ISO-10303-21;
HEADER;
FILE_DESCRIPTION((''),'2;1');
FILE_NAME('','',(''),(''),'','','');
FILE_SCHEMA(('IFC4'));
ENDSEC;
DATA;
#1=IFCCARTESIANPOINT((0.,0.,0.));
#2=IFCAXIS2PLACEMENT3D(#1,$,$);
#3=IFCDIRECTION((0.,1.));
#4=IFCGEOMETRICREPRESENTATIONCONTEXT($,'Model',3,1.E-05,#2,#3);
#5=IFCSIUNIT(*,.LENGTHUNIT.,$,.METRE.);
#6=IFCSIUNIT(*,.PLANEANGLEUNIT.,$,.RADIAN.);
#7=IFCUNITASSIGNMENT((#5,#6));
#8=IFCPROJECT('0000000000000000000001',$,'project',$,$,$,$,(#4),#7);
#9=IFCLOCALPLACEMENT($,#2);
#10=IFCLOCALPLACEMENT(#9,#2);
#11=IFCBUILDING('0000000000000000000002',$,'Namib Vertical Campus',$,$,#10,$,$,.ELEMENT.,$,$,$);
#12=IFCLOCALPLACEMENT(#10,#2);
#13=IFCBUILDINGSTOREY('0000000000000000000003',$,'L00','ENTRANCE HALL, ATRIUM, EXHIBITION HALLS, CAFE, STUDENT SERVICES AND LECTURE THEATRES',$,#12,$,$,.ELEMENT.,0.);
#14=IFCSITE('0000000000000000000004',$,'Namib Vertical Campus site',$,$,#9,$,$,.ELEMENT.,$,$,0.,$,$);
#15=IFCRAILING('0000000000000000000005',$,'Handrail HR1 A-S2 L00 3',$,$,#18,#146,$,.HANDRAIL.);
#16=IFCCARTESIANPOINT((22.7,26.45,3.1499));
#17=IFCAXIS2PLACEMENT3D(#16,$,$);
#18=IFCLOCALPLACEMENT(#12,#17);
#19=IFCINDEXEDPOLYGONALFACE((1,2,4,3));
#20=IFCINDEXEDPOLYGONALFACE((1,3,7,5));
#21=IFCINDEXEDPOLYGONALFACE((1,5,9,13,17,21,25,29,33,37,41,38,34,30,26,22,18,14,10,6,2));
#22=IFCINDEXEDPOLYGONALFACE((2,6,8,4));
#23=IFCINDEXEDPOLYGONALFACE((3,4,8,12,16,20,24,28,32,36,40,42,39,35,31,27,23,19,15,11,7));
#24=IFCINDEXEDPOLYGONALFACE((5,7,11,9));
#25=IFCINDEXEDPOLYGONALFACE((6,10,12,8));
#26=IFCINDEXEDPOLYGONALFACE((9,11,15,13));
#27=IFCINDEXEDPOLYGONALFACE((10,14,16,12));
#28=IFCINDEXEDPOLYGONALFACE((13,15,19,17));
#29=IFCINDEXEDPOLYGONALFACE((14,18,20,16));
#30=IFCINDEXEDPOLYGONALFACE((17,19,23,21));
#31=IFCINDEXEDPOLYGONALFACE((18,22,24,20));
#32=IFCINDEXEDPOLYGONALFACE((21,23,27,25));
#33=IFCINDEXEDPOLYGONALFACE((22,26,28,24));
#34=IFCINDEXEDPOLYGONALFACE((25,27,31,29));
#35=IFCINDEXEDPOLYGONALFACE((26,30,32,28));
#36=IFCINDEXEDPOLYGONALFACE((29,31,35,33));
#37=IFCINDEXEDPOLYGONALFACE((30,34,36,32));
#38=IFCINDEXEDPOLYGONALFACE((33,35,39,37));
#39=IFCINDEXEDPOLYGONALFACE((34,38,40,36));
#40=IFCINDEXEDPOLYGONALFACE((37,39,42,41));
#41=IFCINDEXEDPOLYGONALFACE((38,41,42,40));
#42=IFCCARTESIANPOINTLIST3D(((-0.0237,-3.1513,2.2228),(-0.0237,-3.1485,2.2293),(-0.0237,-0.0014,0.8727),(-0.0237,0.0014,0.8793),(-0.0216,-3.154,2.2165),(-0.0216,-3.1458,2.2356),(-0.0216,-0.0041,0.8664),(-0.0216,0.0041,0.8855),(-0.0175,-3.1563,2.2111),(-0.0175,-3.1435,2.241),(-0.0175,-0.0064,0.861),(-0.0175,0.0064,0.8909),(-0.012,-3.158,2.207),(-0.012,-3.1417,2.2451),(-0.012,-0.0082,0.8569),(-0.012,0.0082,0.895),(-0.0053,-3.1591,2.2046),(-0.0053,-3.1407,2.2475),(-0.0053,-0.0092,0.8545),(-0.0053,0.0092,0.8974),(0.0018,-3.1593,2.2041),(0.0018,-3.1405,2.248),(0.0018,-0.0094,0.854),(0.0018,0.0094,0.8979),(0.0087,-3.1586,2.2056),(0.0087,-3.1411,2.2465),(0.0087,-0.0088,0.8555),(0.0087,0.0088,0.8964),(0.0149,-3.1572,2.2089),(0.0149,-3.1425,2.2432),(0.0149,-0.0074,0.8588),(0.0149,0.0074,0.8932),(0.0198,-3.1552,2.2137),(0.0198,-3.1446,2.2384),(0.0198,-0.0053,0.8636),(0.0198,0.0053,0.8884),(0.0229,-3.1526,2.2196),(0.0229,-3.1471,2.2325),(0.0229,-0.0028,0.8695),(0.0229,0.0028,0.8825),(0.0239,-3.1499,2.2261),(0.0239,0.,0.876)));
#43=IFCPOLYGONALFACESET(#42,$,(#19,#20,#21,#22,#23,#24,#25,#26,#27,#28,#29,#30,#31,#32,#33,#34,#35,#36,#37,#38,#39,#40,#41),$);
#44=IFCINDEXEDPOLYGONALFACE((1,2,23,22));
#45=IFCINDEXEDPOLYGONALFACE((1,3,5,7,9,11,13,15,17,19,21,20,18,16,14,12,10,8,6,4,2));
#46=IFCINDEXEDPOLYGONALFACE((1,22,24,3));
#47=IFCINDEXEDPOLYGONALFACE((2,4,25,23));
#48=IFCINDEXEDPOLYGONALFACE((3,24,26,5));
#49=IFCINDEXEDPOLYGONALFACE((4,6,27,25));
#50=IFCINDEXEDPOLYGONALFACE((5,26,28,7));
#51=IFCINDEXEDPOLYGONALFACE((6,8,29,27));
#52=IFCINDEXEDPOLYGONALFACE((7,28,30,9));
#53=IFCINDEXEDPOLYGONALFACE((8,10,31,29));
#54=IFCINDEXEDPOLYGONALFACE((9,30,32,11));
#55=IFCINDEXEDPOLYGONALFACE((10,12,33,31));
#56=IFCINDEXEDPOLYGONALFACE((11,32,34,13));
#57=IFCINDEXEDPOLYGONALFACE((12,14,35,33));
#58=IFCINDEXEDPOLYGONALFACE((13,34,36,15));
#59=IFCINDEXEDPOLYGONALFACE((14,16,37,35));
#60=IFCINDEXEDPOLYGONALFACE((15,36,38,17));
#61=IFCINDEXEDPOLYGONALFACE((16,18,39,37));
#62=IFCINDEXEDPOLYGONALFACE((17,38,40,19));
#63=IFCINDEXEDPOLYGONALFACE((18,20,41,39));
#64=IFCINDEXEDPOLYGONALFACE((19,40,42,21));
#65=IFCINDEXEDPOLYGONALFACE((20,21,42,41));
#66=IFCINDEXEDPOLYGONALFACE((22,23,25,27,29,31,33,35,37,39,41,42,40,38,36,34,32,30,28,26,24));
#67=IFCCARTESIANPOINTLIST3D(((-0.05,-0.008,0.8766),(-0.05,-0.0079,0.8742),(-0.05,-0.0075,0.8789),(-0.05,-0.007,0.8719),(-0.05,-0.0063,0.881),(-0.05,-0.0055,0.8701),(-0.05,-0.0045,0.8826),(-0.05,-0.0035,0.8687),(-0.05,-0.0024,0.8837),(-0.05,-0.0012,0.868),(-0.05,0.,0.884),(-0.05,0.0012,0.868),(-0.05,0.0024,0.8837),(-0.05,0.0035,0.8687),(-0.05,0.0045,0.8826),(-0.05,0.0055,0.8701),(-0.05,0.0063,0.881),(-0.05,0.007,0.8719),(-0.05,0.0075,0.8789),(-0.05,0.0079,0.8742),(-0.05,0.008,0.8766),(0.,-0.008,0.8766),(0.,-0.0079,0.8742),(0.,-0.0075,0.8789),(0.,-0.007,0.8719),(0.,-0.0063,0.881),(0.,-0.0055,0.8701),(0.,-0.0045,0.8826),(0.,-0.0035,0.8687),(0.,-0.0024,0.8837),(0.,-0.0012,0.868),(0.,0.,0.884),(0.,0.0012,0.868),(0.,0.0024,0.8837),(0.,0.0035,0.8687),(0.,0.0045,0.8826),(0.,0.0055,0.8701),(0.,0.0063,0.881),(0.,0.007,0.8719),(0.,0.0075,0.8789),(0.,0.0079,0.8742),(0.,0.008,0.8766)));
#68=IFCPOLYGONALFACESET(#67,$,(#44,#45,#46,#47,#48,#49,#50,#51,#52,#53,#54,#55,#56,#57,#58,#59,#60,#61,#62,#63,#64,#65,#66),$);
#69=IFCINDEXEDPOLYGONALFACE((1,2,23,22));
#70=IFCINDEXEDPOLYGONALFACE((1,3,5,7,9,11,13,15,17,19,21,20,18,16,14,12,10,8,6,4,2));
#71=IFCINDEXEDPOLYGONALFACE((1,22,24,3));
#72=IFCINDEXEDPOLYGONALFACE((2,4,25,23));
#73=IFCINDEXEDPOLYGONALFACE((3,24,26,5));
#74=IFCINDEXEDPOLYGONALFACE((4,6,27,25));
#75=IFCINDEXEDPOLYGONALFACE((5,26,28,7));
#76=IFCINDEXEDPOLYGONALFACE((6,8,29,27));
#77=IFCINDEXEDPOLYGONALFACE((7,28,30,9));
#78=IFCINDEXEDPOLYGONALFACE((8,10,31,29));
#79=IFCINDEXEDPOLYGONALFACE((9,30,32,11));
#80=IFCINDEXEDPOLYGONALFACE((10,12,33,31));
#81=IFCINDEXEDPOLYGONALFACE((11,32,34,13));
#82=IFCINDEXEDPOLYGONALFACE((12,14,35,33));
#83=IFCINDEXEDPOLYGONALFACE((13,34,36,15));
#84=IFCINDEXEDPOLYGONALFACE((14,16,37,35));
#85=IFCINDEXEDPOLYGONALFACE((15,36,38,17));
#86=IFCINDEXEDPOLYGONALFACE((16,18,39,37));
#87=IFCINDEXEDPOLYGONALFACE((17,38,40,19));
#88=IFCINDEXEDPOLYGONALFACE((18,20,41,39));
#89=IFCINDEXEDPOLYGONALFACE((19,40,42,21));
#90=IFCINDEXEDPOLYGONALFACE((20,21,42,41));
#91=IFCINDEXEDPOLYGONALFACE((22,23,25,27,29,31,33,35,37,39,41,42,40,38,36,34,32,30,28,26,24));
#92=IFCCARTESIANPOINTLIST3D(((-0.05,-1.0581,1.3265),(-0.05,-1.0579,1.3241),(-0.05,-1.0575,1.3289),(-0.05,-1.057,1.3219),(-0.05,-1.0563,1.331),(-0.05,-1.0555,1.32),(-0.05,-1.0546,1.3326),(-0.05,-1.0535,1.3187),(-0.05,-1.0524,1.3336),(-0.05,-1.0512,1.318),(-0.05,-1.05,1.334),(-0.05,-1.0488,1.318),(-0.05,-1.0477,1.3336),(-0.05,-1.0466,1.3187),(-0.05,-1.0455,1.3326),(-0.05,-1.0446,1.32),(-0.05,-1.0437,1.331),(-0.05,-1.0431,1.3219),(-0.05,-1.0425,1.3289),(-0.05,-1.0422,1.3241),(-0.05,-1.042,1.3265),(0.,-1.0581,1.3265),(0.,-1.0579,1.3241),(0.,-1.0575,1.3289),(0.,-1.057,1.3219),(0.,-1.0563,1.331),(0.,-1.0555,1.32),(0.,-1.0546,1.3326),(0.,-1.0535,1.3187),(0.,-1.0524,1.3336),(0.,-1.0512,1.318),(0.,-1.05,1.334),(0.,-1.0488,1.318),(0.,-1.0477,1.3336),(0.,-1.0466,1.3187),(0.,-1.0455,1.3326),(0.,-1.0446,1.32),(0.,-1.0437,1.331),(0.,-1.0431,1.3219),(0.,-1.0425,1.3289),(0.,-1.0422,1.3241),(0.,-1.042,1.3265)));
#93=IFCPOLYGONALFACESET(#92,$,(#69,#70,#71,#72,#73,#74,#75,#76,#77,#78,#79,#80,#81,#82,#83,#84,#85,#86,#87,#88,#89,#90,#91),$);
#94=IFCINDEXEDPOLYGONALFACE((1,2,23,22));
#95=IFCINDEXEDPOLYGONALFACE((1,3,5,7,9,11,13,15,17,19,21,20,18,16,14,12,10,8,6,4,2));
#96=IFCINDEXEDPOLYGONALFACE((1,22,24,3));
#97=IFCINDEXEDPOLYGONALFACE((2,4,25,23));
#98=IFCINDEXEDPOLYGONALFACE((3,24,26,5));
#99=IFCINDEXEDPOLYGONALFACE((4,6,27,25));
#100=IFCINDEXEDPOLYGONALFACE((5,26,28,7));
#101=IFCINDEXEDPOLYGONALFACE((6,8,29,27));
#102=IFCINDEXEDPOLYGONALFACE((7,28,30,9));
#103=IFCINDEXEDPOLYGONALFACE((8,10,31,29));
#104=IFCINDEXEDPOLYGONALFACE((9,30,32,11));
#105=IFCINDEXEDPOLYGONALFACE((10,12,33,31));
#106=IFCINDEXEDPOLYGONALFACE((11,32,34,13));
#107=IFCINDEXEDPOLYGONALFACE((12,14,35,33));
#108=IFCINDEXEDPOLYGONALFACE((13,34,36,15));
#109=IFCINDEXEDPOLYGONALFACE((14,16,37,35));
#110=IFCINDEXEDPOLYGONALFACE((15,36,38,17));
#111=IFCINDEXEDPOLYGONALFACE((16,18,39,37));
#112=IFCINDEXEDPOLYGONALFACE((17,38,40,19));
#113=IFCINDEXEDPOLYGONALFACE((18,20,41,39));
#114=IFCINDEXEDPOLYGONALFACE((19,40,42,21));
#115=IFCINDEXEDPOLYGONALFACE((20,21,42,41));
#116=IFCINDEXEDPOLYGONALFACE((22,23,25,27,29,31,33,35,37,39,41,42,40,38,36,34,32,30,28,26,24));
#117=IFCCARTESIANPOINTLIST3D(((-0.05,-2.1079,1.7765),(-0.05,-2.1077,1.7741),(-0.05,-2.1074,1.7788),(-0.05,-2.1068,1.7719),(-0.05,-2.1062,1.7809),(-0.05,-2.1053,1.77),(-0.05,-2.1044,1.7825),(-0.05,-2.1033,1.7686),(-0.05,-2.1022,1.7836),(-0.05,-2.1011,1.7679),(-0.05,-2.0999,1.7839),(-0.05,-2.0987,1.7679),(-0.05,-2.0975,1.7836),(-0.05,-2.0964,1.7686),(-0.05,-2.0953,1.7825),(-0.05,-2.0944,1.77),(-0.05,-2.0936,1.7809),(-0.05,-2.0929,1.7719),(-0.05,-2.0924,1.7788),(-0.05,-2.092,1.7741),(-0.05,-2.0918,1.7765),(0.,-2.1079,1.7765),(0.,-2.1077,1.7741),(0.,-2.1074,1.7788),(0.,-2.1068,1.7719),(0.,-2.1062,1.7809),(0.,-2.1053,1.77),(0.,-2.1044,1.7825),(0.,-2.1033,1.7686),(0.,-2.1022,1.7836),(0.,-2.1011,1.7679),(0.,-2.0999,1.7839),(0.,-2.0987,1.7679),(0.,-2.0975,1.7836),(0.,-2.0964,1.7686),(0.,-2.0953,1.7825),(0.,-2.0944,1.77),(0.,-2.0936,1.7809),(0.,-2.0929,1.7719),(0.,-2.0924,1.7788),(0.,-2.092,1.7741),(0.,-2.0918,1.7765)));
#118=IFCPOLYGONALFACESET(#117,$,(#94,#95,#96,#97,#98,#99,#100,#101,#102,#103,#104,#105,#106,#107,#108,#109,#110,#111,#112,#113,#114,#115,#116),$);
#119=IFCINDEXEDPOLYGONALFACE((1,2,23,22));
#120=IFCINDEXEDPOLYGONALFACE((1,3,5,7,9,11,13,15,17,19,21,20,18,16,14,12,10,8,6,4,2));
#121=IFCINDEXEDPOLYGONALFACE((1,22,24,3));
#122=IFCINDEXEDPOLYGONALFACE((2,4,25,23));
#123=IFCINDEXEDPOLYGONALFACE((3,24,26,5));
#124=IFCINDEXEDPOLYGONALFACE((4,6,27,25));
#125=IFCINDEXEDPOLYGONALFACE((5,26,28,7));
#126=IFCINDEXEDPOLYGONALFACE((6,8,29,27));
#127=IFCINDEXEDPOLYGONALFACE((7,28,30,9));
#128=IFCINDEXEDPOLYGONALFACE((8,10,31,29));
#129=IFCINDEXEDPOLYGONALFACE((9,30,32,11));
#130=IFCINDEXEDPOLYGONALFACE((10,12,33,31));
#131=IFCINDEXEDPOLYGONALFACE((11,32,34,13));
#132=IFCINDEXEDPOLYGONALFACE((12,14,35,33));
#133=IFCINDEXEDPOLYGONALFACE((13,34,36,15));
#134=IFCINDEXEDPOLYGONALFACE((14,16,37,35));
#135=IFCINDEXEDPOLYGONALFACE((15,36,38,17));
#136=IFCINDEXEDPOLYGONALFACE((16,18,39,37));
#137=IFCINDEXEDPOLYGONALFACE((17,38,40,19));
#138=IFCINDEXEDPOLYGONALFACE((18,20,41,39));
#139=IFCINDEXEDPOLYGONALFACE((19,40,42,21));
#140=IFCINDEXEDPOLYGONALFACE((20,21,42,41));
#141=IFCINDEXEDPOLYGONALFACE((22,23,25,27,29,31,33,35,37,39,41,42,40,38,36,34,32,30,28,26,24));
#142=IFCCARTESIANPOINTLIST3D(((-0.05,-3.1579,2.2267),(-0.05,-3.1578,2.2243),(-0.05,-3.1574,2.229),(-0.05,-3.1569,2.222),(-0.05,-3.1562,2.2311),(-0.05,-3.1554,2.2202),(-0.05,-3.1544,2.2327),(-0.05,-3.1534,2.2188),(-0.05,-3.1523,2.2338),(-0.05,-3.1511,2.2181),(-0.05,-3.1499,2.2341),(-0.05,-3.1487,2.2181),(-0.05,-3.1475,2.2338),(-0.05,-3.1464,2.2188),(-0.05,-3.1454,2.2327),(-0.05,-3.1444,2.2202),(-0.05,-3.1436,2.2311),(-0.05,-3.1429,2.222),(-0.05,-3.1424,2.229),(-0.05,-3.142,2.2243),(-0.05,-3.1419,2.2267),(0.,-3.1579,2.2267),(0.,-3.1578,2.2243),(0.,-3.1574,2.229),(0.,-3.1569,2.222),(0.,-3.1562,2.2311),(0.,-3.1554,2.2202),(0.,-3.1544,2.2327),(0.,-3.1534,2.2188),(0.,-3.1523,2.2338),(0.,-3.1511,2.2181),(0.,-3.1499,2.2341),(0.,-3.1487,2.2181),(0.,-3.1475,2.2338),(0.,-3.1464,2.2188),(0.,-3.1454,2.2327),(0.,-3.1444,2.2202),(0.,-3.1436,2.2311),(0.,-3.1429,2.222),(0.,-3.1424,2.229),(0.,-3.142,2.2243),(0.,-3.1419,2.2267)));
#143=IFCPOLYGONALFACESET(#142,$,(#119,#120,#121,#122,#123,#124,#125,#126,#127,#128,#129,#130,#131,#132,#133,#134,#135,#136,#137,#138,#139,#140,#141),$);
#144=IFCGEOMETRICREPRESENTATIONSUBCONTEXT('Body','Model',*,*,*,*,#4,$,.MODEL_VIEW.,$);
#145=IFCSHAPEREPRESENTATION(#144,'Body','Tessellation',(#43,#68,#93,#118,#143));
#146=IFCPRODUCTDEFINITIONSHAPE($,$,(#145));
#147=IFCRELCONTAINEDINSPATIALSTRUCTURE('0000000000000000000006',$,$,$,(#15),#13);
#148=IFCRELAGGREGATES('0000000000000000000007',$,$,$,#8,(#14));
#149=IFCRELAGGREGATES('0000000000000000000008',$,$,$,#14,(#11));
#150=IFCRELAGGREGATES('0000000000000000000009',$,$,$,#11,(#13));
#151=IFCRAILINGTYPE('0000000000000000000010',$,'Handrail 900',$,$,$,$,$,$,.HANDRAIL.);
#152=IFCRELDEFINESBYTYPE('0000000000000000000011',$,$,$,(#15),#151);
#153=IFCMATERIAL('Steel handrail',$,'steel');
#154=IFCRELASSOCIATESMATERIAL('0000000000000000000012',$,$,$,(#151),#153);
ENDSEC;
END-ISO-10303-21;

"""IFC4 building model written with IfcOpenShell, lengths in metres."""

from ifc_helpers import new_model, si_unit, direction, frame, origin, origin_2d, place, context, subcontext, project, spatial, circle, extrude, material, type_object, element, save


model = new_model("IFC4")

# Units and contexts
model_context = context("Model", 3, precision=1e-05, world=origin(), true_north=direction((0.0, 1.0)))
body_context = subcontext(model_context, "Body", "Model", "MODEL_VIEW")
ifc_project = project(units=[si_unit("LENGTHUNIT", "METRE"), si_unit("PLANEANGLEUNIT", "RADIAN")], contexts=[model_context])

# Site, building, storey
site_placement = place(None, origin())
site = spatial("IfcSite", under=ifc_project, at=site_placement, Name="Namib Vertical Campus site", CompositionType="ELEMENT", RefElevation=0.0)
building_placement = place(site_placement, origin())
building = spatial("IfcBuilding", under=site, at=building_placement, Name="Namib Vertical Campus", CompositionType="ELEMENT")
storey_placement = place(building_placement, origin())
storey = spatial("IfcBuildingStorey", under=building, at=storey_placement, Name="L00", Description="ENTRANCE HALL, ATRIUM, EXHIBITION HALLS, CAFE, STUDENT SERVICES AND LECTURE THEATRES", CompositionType="ELEMENT", Elevation=0.0)

# Railing
ifc_material_1 = material(Name="Steel handrail", Category="steel")
railing_type_1 = type_object("IfcRailingType", Name="Handrail 900", PredefinedType="HANDRAIL", material=ifc_material_1)
railing_1_placement = place(storey_placement, frame((22.7, 26.45, 3.1499)))
element("IfcRailing", 1, at=railing_1_placement, inside=storey, type_object=railing_type_1, Name="Handrail HR1 A-S2 L00 3", PredefinedType="HANDRAIL", context=body_context, shape_type="SweptSolid", body=[
    extrude(circle(Radius=0.0239, at=origin_2d()), frame((0.0, 0.0, 0.876), z_axis=(0.0, -0.91913, 0.393954), x_axis=(1.0, 0.0, 0.0)), (0.0, 0.0, 1.0), 3.427),
    extrude(circle(Radius=0.0081, at=origin_2d()), frame((0.0, 0.0, 0.876), z_axis=(-1.0, 0.0, 0.0), x_axis=(0.0, 0.0, 1.0)), (0.0, 0.0, 1.0), 0.05),
    extrude(circle(Radius=0.0081, at=origin_2d()), frame((0.0, -1.05, 1.3259), z_axis=(-1.0, 0.0, 0.0), x_axis=(0.0, 0.0, 1.0)), (0.0, 0.0, 1.0), 0.05),
    extrude(circle(Radius=0.0081, at=origin_2d()), frame((0.0, -2.0999, 1.7759), z_axis=(-1.0, 0.0, 0.0), x_axis=(0.0, 0.0, 1.0)), (0.0, 0.0, 1.0), 0.05),
    extrude(circle(Radius=0.0081, at=origin_2d()), frame((0.0, -3.1499, 2.2261), z_axis=(-1.0, 0.0, 0.0), x_axis=(0.0, 0.0, 1.0)), (0.0, 0.0, 1.0), 0.05),
])

save(model, "model.ifc")
